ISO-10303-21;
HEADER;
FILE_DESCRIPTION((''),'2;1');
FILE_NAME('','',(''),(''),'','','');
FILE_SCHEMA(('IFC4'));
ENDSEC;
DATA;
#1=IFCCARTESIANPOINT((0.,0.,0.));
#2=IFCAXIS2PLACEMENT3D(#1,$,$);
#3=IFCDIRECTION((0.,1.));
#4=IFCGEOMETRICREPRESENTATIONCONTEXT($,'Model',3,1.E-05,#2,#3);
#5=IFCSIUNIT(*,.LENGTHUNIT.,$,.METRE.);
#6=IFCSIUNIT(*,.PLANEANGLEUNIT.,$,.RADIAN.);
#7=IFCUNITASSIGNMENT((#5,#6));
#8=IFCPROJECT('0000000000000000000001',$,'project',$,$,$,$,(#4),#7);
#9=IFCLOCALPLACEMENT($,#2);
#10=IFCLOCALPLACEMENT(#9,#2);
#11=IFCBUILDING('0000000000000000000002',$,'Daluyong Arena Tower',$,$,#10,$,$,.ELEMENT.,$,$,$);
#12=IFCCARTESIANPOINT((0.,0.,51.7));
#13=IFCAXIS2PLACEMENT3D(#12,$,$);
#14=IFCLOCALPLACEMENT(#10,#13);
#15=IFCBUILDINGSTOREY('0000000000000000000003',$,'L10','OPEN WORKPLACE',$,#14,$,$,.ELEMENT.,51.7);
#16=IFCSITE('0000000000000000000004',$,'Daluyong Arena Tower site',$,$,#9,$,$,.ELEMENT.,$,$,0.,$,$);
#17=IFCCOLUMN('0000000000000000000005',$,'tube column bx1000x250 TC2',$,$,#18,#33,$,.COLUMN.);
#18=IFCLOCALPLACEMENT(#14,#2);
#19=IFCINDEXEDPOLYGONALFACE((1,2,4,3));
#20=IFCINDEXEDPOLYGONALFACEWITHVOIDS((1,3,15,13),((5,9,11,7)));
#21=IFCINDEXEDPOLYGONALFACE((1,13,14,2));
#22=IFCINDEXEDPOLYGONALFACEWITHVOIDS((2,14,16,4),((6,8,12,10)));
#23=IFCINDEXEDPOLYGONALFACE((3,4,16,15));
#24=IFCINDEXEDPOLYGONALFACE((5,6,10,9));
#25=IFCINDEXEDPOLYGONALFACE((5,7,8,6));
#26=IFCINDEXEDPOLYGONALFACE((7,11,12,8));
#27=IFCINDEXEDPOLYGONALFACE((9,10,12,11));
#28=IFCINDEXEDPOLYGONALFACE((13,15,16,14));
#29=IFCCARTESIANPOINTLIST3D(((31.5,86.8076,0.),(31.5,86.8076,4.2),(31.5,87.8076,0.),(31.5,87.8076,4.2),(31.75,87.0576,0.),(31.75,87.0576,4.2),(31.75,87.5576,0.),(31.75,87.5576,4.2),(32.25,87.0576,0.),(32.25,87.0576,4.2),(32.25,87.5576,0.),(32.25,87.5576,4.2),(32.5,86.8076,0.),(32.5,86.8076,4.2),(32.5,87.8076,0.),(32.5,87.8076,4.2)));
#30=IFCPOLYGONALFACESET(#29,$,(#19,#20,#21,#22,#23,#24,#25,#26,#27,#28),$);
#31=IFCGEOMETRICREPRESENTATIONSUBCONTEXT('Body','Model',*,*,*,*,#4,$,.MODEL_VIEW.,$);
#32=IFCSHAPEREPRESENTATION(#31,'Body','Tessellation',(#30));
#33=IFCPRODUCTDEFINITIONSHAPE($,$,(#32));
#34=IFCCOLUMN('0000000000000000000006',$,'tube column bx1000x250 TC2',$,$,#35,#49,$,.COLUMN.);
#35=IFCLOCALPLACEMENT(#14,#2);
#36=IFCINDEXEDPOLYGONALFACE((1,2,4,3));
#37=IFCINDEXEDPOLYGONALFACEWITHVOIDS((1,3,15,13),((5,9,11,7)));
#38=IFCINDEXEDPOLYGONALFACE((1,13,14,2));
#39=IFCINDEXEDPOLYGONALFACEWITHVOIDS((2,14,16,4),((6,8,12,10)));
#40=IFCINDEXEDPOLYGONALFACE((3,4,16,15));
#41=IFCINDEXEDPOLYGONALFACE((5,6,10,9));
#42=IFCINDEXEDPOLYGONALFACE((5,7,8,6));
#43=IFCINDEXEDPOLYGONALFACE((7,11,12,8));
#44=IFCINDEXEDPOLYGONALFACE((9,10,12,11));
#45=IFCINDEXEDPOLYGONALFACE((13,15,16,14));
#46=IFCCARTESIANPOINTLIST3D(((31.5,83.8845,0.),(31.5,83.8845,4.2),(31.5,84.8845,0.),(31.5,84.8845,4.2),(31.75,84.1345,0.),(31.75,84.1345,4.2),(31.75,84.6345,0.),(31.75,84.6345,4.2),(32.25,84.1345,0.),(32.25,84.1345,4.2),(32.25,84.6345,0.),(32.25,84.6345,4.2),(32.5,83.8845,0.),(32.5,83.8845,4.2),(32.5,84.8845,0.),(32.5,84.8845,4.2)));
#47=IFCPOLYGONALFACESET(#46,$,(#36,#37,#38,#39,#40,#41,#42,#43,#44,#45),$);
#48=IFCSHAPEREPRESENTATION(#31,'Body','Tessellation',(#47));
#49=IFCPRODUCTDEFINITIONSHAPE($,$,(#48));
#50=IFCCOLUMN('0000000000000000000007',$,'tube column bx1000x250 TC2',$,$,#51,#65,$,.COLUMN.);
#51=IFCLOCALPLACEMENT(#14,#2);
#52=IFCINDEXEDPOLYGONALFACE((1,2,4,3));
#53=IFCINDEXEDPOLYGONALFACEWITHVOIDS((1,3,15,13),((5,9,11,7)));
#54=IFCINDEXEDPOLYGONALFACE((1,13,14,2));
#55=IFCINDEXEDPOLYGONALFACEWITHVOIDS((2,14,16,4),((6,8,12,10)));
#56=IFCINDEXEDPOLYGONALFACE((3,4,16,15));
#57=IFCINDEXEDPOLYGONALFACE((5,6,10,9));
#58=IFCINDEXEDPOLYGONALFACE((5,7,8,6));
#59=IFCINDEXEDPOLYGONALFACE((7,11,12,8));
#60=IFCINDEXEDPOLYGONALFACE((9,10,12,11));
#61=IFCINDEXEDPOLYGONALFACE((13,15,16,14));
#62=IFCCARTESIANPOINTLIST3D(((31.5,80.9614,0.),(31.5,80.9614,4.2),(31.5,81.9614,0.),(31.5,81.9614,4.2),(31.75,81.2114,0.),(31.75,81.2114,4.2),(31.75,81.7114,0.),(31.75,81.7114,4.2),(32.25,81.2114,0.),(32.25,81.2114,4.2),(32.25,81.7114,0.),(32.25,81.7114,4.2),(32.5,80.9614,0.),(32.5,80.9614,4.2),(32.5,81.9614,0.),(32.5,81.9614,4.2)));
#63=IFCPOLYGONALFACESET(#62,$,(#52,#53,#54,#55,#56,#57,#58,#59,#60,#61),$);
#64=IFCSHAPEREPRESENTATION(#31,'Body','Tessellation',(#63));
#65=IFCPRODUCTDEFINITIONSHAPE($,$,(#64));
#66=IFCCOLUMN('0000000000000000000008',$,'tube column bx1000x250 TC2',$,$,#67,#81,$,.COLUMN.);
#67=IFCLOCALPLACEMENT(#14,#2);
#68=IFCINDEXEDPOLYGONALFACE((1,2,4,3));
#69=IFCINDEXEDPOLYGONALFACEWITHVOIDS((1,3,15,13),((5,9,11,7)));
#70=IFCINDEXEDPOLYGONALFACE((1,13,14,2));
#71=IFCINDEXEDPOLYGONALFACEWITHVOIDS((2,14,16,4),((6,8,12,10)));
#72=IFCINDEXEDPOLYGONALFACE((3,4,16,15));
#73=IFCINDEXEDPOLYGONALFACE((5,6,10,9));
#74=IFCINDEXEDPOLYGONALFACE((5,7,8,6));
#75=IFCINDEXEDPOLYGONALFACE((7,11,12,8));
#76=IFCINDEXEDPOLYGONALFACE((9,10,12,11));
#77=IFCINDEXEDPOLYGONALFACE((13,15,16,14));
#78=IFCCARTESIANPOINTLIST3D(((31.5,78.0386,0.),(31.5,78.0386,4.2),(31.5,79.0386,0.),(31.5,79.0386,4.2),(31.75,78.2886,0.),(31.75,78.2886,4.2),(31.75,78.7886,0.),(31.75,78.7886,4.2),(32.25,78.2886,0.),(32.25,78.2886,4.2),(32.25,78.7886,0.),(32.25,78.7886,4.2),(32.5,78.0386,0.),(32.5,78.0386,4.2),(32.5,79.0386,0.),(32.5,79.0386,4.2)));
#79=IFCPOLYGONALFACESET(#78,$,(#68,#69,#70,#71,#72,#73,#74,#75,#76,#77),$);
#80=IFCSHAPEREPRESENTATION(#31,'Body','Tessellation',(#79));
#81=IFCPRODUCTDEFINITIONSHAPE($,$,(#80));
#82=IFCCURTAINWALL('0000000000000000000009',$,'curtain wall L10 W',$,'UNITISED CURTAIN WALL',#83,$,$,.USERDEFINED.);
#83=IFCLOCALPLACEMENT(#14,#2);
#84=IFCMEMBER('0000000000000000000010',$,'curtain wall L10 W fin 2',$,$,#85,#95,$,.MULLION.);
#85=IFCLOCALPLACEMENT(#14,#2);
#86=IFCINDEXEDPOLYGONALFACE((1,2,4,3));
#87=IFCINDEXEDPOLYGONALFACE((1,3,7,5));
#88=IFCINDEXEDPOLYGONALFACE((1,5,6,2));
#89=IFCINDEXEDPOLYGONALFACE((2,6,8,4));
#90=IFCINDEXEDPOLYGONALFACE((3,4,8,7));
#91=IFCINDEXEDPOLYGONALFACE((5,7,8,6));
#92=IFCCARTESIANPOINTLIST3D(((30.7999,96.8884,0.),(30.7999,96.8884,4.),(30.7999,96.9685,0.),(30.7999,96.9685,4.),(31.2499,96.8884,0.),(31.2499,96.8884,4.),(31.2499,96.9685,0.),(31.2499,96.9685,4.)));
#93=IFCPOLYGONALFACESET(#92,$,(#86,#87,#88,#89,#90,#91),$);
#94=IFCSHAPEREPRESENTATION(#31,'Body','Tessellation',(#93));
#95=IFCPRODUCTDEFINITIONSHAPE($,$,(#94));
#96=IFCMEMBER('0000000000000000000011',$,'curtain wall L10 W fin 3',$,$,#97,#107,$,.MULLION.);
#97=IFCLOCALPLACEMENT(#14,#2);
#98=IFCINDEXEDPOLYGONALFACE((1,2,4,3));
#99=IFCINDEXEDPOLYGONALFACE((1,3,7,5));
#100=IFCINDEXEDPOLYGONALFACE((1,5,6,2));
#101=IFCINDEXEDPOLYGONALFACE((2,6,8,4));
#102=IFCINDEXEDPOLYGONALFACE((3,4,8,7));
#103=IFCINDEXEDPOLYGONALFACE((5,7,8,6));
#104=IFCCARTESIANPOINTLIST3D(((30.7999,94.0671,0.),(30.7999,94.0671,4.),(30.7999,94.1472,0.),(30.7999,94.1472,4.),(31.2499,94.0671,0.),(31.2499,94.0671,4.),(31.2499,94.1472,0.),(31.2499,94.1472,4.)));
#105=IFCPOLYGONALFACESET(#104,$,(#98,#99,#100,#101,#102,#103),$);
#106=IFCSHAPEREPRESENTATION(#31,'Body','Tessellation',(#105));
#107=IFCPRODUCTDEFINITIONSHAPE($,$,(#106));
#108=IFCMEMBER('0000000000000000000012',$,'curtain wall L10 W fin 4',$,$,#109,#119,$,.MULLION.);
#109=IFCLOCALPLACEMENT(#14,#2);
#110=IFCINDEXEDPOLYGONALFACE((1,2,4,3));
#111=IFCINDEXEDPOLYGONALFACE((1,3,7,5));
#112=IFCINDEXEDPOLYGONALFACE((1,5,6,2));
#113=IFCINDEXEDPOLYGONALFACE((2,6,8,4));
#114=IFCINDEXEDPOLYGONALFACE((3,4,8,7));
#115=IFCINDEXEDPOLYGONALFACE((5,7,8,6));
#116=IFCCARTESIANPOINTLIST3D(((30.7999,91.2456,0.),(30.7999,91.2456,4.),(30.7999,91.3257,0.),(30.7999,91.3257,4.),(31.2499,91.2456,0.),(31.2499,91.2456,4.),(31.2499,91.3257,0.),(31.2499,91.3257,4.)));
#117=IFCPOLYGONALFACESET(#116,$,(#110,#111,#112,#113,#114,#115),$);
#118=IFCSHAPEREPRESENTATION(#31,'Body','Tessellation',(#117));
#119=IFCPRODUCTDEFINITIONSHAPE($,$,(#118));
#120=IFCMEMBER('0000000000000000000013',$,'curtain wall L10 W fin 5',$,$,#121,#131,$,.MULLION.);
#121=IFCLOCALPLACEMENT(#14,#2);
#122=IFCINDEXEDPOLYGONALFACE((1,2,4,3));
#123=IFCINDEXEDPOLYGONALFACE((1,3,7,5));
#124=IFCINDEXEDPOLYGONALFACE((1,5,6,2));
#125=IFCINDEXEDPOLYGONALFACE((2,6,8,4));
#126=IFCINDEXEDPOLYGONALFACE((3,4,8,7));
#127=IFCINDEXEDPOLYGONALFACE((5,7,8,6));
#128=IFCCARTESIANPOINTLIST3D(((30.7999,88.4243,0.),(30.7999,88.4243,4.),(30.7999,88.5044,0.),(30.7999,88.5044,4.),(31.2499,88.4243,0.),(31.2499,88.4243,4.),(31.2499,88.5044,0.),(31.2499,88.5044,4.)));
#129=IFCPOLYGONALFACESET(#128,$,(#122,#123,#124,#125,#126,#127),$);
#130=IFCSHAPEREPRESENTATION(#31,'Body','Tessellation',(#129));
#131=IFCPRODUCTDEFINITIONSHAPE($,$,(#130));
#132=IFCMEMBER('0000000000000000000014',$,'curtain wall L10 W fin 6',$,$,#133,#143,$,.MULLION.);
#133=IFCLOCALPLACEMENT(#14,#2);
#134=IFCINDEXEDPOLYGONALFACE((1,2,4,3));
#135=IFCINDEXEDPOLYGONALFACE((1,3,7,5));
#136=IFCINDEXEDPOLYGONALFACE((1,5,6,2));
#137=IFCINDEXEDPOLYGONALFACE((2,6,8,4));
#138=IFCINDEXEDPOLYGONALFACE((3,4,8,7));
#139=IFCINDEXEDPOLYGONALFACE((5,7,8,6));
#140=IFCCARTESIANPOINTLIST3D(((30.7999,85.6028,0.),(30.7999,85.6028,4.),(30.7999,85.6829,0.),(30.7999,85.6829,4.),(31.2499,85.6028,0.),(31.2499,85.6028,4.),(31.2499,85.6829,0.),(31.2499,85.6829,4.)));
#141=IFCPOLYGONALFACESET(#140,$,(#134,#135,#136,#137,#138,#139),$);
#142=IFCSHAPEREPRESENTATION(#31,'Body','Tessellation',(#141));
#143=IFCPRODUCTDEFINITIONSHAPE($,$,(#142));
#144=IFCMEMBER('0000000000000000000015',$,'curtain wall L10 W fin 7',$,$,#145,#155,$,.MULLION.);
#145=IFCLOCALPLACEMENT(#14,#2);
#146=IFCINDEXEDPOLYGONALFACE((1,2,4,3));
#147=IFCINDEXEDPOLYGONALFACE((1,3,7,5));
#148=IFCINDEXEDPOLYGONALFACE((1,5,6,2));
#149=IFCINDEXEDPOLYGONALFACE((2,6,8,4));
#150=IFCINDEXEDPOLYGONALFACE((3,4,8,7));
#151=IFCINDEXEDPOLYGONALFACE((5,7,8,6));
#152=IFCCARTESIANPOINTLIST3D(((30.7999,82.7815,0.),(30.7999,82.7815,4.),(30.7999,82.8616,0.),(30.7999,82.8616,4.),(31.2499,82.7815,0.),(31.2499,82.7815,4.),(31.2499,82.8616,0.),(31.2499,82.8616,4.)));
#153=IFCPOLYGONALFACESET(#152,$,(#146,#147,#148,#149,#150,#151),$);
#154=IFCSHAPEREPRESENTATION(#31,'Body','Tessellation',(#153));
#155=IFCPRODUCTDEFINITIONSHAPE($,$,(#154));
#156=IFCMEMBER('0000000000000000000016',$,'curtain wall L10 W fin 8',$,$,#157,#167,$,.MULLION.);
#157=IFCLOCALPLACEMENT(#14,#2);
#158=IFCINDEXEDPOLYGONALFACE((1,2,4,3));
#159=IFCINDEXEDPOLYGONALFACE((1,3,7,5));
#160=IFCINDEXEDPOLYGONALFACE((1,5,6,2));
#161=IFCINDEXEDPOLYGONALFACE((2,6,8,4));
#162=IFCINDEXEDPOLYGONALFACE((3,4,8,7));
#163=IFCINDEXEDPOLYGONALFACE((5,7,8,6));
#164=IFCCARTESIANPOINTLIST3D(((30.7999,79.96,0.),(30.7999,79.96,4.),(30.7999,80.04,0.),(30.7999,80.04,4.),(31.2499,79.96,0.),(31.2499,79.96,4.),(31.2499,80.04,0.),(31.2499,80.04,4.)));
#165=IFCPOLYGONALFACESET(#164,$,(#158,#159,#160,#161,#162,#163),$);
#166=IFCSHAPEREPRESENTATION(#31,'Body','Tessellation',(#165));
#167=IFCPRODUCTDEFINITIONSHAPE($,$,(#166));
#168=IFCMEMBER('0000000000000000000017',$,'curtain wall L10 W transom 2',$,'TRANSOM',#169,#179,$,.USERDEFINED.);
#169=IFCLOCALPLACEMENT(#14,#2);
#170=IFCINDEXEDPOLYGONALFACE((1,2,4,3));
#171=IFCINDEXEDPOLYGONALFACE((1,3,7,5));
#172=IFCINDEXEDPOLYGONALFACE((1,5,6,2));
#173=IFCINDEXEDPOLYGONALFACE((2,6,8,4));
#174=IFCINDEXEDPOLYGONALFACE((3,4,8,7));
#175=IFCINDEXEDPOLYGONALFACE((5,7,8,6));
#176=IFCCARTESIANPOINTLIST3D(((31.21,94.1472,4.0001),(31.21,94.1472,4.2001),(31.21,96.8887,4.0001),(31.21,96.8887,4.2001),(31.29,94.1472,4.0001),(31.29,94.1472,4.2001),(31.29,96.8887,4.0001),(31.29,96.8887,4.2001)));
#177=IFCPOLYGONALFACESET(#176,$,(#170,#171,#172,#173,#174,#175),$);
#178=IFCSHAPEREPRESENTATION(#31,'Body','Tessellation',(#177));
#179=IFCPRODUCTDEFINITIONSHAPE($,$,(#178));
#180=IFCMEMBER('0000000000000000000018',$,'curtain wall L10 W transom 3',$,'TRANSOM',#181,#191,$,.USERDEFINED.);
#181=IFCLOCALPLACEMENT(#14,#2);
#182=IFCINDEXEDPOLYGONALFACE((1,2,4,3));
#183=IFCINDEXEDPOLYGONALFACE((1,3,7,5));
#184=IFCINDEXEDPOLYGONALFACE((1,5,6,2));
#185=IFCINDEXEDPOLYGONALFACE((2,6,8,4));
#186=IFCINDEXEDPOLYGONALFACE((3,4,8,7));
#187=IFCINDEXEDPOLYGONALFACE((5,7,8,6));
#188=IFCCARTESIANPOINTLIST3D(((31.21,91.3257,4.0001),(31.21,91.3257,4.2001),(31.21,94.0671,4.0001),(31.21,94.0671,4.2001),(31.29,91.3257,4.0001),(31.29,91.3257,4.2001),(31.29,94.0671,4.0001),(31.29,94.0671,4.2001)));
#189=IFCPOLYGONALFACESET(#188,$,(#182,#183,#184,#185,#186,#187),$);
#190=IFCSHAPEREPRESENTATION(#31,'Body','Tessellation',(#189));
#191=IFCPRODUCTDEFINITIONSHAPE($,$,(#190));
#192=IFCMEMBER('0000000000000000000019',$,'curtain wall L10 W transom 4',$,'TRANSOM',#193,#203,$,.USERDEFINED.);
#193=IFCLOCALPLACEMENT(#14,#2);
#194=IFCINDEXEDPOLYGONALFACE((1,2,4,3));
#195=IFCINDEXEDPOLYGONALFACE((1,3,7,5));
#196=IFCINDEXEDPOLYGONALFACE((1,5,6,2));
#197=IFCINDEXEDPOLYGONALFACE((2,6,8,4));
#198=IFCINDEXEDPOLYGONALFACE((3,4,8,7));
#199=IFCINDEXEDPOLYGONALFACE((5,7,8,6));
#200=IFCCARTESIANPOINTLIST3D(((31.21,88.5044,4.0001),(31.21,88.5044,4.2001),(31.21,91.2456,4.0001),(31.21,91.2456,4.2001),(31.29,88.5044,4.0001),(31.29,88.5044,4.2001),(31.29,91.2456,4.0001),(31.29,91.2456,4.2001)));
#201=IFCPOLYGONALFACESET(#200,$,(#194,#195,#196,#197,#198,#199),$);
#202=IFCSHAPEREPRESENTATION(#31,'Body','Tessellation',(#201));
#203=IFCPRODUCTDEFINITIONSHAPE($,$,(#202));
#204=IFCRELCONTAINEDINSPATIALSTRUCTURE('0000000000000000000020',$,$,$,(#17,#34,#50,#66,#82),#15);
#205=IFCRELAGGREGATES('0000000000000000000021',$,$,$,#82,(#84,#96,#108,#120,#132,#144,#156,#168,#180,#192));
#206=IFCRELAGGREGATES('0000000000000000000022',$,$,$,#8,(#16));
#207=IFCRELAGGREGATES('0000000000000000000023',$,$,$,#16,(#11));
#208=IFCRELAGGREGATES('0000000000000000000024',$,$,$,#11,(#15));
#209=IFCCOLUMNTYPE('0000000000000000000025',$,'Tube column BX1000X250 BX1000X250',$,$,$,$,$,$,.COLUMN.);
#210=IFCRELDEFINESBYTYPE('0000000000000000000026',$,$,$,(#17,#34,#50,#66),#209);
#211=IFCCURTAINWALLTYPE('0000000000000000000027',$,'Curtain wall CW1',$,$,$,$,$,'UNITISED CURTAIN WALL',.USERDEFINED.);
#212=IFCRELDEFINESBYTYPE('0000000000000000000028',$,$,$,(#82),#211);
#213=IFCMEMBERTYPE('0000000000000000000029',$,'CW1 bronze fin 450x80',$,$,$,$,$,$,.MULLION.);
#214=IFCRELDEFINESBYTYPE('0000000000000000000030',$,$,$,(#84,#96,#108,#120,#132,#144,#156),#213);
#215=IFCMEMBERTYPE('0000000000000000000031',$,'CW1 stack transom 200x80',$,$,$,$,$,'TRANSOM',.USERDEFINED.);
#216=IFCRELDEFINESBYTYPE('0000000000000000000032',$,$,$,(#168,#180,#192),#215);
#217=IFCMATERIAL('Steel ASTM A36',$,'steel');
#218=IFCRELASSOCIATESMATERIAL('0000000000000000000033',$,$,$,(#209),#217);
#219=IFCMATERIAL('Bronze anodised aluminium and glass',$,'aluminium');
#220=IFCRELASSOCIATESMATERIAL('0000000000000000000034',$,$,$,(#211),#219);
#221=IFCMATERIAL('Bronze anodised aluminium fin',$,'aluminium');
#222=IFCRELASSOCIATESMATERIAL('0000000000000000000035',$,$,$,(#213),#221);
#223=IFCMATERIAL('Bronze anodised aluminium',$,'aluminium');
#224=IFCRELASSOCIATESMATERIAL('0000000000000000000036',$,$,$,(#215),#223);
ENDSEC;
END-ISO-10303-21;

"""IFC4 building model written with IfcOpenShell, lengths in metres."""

from ifc_helpers import new_model, si_unit, direction, frame, origin, origin_2d, place, context, subcontext, project, spatial, rectangle, hollow_rectangle, extrude, material, material_profile, profile_set, type_object, element, aggregate, save


model = new_model("IFC4")

# Units and contexts
model_context = context("Model", 3, precision=1e-05, world=origin(), true_north=direction((0.0, 1.0)))
body_context = subcontext(model_context, "Body", "Model", "MODEL_VIEW")
ifc_project = project(units=[si_unit("LENGTHUNIT", "METRE"), si_unit("PLANEANGLEUNIT", "RADIAN")], contexts=[model_context])

# Site, building, storey
site_placement = place(None, origin())
site = spatial("IfcSite", under=ifc_project, at=site_placement, Name="Daluyong Arena Tower site", CompositionType="ELEMENT", RefElevation=0.0)
building_placement = place(site_placement, origin())
building = spatial("IfcBuilding", under=site, at=building_placement, Name="Daluyong Arena Tower", CompositionType="ELEMENT")
storey_placement = place(building_placement, frame((0.0, 0.0, 51.7)))
storey = spatial("IfcBuildingStorey", under=building, at=storey_placement, Name="L10", Description="OPEN WORKPLACE", CompositionType="ELEMENT", Elevation=51.7)

# Columns
ifc_material_1 = material(Name="Steel ASTM A36", Category="steel")
ifc_material_profile_1 = material_profile(ifc_material_1, hollow_rectangle(XDim=1.0, YDim=1.0, WallThickness=0.25, at=origin_2d()))
ifc_profile_set_1 = profile_set([ifc_material_profile_1], Name="Steel ASTM A36")
column_type = type_object("IfcColumnType", Name="Tube column BX1000X250 BX1000X250", PredefinedType="COLUMN", material=ifc_profile_set_1)
for number, where, z_axis, x_axis, name in (
    (1, (32.0, 87.3076, 0.0), (0.0, 0.0, 1.0), (0.0, 1.0, 0.0), "tube column bx1000x250 TC2"),
    (2, (32.0, 84.3845, 0.0), (0.0, 0.0, 1.0), (0.0, 1.0, 0.0), "tube column bx1000x250 TC2"),
    (3, (32.0, 81.4614, 0.0), (0.0, 0.0, 1.0), (0.0, 1.0, 0.0), "tube column bx1000x250 TC2"),
    (4, (32.0, 78.5386, 0.0), (0.0, 0.0, 1.0), (0.0, 1.0, 0.0), "tube column bx1000x250 TC2"),
):
    element("IfcColumn", number, at=place(storey_placement, frame(where, z_axis=z_axis, x_axis=x_axis)), inside=storey, type_object=column_type, Name=name, PredefinedType="COLUMN", context=body_context, shape_type="SweptSolid", body=[
        extrude(hollow_rectangle(XDim=1.0, YDim=1.0, WallThickness=0.25, at=origin_2d()), origin(), (0.0, 0.0, 1.0), 4.2),
    ])

# Curtain wall, members
ifc_material_2 = material(Name="Bronze anodised aluminium and glass", Category="aluminium")
curtain_wall_type = type_object("IfcCurtainWallType", Name="Curtain wall CW1", ElementType="UNITISED CURTAIN WALL", PredefinedType="USERDEFINED", material=ifc_material_2)
curtain_wall_placement = place(storey_placement, origin())
curtain_wall = element("IfcCurtainWall", 5, at=curtain_wall_placement, inside=storey, type_object=curtain_wall_type, Name="curtain wall L10 W", ObjectType="UNITISED CURTAIN WALL", PredefinedType="USERDEFINED")
ifc_material_3 = material(Name="Bronze anodised aluminium fin", Category="aluminium")
ifc_material_profile_2 = material_profile(ifc_material_3, rectangle(XDim=0.45, YDim=0.0801, at=origin_2d()))
ifc_profile_set_2 = profile_set([ifc_material_profile_2], Name="Bronze anodised aluminium fin")
member_type_1 = type_object("IfcMemberType", Name="CW1 bronze fin 450x80", PredefinedType="MULLION", material=ifc_profile_set_2)
member_1_placement = place(storey_placement, frame((31.0249, 96.9285, 0.0), z_axis=(0.0, 0.0, 1.0), x_axis=(1.0, 0.0, 0.0)))
member_1 = element("IfcMember", 6, at=member_1_placement, type_object=member_type_1, Name="curtain wall L10 W fin 2", PredefinedType="MULLION", context=body_context, shape_type="SweptSolid", body=[
    extrude(rectangle(XDim=0.45, YDim=0.0801, at=origin_2d()), origin(), (0.0, 0.0, 1.0), 4.0),
])
member_2_placement = place(storey_placement, frame((31.0249, 94.1072, 0.0), z_axis=(0.0, 0.0, 1.0), x_axis=(1.0, 0.0, 0.0)))
member_2 = element("IfcMember", 7, at=member_2_placement, type_object=member_type_1, Name="curtain wall L10 W fin 3", PredefinedType="MULLION", context=body_context, shape_type="SweptSolid", body=[
    extrude(rectangle(XDim=0.45, YDim=0.0801, at=origin_2d()), origin(), (0.0, 0.0, 1.0), 4.0),
])
member_3_placement = place(storey_placement, frame((31.0249, 91.2856, 0.0), z_axis=(0.0, 0.0, 1.0), x_axis=(1.0, 0.0, 0.0)))
member_3 = element("IfcMember", 8, at=member_3_placement, type_object=member_type_1, Name="curtain wall L10 W fin 4", PredefinedType="MULLION", context=body_context, shape_type="SweptSolid", body=[
    extrude(rectangle(XDim=0.45, YDim=0.0801, at=origin_2d()), origin(), (0.0, 0.0, 1.0), 4.0),
])
member_4_placement = place(storey_placement, frame((31.0249, 88.4644, 0.0), z_axis=(0.0, 0.0, 1.0), x_axis=(1.0, 0.0, 0.0)))
member_4 = element("IfcMember", 9, at=member_4_placement, type_object=member_type_1, Name="curtain wall L10 W fin 5", PredefinedType="MULLION", context=body_context, shape_type="SweptSolid", body=[
    extrude(rectangle(XDim=0.45, YDim=0.0801, at=origin_2d()), origin(), (0.0, 0.0, 1.0), 4.0),
])
member_5_placement = place(storey_placement, frame((31.0249, 85.6428, 0.0), z_axis=(0.0, 0.0, 1.0), x_axis=(1.0, 0.0, 0.0)))
member_5 = element("IfcMember", 10, at=member_5_placement, type_object=member_type_1, Name="curtain wall L10 W fin 6", PredefinedType="MULLION", context=body_context, shape_type="SweptSolid", body=[
    extrude(rectangle(XDim=0.45, YDim=0.0801, at=origin_2d()), origin(), (0.0, 0.0, 1.0), 4.0),
])
member_6_placement = place(storey_placement, frame((31.0249, 82.8215, 0.0), z_axis=(0.0, 0.0, 1.0), x_axis=(1.0, 0.0, 0.0)))
member_6 = element("IfcMember", 11, at=member_6_placement, type_object=member_type_1, Name="curtain wall L10 W fin 7", PredefinedType="MULLION", context=body_context, shape_type="SweptSolid", body=[
    extrude(rectangle(XDim=0.45, YDim=0.0801, at=origin_2d()), origin(), (0.0, 0.0, 1.0), 4.0),
])
member_7_placement = place(storey_placement, frame((31.0249, 80.0, 0.0), z_axis=(0.0, 0.0, 1.0), x_axis=(1.0, 0.0, 0.0)))
member_7 = element("IfcMember", 12, at=member_7_placement, type_object=member_type_1, Name="curtain wall L10 W fin 8", PredefinedType="MULLION", context=body_context, shape_type="SweptSolid", body=[
    extrude(rectangle(XDim=0.45, YDim=0.0801, at=origin_2d()), origin(), (0.0, 0.0, 1.0), 4.0),
])
ifc_material_4 = material(Name="Bronze anodised aluminium", Category="aluminium")
ifc_material_profile_3 = material_profile(ifc_material_4, rectangle(XDim=0.0801, YDim=0.2, at=origin_2d()))
ifc_profile_set_3 = profile_set([ifc_material_profile_3], Name="Bronze anodised aluminium")
member_type_2 = type_object("IfcMemberType", Name="CW1 stack transom 200x80", ElementType="TRANSOM", PredefinedType="USERDEFINED", material=ifc_profile_set_3)
member_8_placement = place(storey_placement, frame((31.25, 96.8887, 4.1001), z_axis=(0.0, -1.0, 0.0), x_axis=(1.0, 0.0, 0.0)))
member_8 = element("IfcMember", 13, at=member_8_placement, type_object=member_type_2, Name="curtain wall L10 W transom 2", ObjectType="TRANSOM", PredefinedType="USERDEFINED", context=body_context, shape_type="SweptSolid", body=[
    extrude(rectangle(XDim=0.0801, YDim=0.2, at=origin_2d()), origin(), (0.0, 0.0, 1.0), 2.7415),
])
member_9_placement = place(storey_placement, frame((31.25, 94.0671, 4.1001), z_axis=(0.0, -1.0, 0.0), x_axis=(1.0, 0.0, 0.0)))
member_9 = element("IfcMember", 14, at=member_9_placement, type_object=member_type_2, Name="curtain wall L10 W transom 3", ObjectType="TRANSOM", PredefinedType="USERDEFINED", context=body_context, shape_type="SweptSolid", body=[
    extrude(rectangle(XDim=0.0801, YDim=0.2, at=origin_2d()), origin(), (0.0, 0.0, 1.0), 2.7415),
])
member_10_placement = place(storey_placement, frame((31.25, 91.2456, 4.1001), z_axis=(0.0, -1.0, 0.0), x_axis=(1.0, 0.0, 0.0)))
member_10 = element("IfcMember", 15, at=member_10_placement, type_object=member_type_2, Name="curtain wall L10 W transom 4", ObjectType="TRANSOM", PredefinedType="USERDEFINED", context=body_context, shape_type="SweptSolid", body=[
    extrude(rectangle(XDim=0.0801, YDim=0.2, at=origin_2d()), origin(), (0.0, 0.0, 1.0), 2.7412),
])

aggregate(curtain_wall, [member_1, member_2, member_3, member_4, member_5, member_6, member_7, member_8, member_9, member_10])

save(model, "model.ifc")
